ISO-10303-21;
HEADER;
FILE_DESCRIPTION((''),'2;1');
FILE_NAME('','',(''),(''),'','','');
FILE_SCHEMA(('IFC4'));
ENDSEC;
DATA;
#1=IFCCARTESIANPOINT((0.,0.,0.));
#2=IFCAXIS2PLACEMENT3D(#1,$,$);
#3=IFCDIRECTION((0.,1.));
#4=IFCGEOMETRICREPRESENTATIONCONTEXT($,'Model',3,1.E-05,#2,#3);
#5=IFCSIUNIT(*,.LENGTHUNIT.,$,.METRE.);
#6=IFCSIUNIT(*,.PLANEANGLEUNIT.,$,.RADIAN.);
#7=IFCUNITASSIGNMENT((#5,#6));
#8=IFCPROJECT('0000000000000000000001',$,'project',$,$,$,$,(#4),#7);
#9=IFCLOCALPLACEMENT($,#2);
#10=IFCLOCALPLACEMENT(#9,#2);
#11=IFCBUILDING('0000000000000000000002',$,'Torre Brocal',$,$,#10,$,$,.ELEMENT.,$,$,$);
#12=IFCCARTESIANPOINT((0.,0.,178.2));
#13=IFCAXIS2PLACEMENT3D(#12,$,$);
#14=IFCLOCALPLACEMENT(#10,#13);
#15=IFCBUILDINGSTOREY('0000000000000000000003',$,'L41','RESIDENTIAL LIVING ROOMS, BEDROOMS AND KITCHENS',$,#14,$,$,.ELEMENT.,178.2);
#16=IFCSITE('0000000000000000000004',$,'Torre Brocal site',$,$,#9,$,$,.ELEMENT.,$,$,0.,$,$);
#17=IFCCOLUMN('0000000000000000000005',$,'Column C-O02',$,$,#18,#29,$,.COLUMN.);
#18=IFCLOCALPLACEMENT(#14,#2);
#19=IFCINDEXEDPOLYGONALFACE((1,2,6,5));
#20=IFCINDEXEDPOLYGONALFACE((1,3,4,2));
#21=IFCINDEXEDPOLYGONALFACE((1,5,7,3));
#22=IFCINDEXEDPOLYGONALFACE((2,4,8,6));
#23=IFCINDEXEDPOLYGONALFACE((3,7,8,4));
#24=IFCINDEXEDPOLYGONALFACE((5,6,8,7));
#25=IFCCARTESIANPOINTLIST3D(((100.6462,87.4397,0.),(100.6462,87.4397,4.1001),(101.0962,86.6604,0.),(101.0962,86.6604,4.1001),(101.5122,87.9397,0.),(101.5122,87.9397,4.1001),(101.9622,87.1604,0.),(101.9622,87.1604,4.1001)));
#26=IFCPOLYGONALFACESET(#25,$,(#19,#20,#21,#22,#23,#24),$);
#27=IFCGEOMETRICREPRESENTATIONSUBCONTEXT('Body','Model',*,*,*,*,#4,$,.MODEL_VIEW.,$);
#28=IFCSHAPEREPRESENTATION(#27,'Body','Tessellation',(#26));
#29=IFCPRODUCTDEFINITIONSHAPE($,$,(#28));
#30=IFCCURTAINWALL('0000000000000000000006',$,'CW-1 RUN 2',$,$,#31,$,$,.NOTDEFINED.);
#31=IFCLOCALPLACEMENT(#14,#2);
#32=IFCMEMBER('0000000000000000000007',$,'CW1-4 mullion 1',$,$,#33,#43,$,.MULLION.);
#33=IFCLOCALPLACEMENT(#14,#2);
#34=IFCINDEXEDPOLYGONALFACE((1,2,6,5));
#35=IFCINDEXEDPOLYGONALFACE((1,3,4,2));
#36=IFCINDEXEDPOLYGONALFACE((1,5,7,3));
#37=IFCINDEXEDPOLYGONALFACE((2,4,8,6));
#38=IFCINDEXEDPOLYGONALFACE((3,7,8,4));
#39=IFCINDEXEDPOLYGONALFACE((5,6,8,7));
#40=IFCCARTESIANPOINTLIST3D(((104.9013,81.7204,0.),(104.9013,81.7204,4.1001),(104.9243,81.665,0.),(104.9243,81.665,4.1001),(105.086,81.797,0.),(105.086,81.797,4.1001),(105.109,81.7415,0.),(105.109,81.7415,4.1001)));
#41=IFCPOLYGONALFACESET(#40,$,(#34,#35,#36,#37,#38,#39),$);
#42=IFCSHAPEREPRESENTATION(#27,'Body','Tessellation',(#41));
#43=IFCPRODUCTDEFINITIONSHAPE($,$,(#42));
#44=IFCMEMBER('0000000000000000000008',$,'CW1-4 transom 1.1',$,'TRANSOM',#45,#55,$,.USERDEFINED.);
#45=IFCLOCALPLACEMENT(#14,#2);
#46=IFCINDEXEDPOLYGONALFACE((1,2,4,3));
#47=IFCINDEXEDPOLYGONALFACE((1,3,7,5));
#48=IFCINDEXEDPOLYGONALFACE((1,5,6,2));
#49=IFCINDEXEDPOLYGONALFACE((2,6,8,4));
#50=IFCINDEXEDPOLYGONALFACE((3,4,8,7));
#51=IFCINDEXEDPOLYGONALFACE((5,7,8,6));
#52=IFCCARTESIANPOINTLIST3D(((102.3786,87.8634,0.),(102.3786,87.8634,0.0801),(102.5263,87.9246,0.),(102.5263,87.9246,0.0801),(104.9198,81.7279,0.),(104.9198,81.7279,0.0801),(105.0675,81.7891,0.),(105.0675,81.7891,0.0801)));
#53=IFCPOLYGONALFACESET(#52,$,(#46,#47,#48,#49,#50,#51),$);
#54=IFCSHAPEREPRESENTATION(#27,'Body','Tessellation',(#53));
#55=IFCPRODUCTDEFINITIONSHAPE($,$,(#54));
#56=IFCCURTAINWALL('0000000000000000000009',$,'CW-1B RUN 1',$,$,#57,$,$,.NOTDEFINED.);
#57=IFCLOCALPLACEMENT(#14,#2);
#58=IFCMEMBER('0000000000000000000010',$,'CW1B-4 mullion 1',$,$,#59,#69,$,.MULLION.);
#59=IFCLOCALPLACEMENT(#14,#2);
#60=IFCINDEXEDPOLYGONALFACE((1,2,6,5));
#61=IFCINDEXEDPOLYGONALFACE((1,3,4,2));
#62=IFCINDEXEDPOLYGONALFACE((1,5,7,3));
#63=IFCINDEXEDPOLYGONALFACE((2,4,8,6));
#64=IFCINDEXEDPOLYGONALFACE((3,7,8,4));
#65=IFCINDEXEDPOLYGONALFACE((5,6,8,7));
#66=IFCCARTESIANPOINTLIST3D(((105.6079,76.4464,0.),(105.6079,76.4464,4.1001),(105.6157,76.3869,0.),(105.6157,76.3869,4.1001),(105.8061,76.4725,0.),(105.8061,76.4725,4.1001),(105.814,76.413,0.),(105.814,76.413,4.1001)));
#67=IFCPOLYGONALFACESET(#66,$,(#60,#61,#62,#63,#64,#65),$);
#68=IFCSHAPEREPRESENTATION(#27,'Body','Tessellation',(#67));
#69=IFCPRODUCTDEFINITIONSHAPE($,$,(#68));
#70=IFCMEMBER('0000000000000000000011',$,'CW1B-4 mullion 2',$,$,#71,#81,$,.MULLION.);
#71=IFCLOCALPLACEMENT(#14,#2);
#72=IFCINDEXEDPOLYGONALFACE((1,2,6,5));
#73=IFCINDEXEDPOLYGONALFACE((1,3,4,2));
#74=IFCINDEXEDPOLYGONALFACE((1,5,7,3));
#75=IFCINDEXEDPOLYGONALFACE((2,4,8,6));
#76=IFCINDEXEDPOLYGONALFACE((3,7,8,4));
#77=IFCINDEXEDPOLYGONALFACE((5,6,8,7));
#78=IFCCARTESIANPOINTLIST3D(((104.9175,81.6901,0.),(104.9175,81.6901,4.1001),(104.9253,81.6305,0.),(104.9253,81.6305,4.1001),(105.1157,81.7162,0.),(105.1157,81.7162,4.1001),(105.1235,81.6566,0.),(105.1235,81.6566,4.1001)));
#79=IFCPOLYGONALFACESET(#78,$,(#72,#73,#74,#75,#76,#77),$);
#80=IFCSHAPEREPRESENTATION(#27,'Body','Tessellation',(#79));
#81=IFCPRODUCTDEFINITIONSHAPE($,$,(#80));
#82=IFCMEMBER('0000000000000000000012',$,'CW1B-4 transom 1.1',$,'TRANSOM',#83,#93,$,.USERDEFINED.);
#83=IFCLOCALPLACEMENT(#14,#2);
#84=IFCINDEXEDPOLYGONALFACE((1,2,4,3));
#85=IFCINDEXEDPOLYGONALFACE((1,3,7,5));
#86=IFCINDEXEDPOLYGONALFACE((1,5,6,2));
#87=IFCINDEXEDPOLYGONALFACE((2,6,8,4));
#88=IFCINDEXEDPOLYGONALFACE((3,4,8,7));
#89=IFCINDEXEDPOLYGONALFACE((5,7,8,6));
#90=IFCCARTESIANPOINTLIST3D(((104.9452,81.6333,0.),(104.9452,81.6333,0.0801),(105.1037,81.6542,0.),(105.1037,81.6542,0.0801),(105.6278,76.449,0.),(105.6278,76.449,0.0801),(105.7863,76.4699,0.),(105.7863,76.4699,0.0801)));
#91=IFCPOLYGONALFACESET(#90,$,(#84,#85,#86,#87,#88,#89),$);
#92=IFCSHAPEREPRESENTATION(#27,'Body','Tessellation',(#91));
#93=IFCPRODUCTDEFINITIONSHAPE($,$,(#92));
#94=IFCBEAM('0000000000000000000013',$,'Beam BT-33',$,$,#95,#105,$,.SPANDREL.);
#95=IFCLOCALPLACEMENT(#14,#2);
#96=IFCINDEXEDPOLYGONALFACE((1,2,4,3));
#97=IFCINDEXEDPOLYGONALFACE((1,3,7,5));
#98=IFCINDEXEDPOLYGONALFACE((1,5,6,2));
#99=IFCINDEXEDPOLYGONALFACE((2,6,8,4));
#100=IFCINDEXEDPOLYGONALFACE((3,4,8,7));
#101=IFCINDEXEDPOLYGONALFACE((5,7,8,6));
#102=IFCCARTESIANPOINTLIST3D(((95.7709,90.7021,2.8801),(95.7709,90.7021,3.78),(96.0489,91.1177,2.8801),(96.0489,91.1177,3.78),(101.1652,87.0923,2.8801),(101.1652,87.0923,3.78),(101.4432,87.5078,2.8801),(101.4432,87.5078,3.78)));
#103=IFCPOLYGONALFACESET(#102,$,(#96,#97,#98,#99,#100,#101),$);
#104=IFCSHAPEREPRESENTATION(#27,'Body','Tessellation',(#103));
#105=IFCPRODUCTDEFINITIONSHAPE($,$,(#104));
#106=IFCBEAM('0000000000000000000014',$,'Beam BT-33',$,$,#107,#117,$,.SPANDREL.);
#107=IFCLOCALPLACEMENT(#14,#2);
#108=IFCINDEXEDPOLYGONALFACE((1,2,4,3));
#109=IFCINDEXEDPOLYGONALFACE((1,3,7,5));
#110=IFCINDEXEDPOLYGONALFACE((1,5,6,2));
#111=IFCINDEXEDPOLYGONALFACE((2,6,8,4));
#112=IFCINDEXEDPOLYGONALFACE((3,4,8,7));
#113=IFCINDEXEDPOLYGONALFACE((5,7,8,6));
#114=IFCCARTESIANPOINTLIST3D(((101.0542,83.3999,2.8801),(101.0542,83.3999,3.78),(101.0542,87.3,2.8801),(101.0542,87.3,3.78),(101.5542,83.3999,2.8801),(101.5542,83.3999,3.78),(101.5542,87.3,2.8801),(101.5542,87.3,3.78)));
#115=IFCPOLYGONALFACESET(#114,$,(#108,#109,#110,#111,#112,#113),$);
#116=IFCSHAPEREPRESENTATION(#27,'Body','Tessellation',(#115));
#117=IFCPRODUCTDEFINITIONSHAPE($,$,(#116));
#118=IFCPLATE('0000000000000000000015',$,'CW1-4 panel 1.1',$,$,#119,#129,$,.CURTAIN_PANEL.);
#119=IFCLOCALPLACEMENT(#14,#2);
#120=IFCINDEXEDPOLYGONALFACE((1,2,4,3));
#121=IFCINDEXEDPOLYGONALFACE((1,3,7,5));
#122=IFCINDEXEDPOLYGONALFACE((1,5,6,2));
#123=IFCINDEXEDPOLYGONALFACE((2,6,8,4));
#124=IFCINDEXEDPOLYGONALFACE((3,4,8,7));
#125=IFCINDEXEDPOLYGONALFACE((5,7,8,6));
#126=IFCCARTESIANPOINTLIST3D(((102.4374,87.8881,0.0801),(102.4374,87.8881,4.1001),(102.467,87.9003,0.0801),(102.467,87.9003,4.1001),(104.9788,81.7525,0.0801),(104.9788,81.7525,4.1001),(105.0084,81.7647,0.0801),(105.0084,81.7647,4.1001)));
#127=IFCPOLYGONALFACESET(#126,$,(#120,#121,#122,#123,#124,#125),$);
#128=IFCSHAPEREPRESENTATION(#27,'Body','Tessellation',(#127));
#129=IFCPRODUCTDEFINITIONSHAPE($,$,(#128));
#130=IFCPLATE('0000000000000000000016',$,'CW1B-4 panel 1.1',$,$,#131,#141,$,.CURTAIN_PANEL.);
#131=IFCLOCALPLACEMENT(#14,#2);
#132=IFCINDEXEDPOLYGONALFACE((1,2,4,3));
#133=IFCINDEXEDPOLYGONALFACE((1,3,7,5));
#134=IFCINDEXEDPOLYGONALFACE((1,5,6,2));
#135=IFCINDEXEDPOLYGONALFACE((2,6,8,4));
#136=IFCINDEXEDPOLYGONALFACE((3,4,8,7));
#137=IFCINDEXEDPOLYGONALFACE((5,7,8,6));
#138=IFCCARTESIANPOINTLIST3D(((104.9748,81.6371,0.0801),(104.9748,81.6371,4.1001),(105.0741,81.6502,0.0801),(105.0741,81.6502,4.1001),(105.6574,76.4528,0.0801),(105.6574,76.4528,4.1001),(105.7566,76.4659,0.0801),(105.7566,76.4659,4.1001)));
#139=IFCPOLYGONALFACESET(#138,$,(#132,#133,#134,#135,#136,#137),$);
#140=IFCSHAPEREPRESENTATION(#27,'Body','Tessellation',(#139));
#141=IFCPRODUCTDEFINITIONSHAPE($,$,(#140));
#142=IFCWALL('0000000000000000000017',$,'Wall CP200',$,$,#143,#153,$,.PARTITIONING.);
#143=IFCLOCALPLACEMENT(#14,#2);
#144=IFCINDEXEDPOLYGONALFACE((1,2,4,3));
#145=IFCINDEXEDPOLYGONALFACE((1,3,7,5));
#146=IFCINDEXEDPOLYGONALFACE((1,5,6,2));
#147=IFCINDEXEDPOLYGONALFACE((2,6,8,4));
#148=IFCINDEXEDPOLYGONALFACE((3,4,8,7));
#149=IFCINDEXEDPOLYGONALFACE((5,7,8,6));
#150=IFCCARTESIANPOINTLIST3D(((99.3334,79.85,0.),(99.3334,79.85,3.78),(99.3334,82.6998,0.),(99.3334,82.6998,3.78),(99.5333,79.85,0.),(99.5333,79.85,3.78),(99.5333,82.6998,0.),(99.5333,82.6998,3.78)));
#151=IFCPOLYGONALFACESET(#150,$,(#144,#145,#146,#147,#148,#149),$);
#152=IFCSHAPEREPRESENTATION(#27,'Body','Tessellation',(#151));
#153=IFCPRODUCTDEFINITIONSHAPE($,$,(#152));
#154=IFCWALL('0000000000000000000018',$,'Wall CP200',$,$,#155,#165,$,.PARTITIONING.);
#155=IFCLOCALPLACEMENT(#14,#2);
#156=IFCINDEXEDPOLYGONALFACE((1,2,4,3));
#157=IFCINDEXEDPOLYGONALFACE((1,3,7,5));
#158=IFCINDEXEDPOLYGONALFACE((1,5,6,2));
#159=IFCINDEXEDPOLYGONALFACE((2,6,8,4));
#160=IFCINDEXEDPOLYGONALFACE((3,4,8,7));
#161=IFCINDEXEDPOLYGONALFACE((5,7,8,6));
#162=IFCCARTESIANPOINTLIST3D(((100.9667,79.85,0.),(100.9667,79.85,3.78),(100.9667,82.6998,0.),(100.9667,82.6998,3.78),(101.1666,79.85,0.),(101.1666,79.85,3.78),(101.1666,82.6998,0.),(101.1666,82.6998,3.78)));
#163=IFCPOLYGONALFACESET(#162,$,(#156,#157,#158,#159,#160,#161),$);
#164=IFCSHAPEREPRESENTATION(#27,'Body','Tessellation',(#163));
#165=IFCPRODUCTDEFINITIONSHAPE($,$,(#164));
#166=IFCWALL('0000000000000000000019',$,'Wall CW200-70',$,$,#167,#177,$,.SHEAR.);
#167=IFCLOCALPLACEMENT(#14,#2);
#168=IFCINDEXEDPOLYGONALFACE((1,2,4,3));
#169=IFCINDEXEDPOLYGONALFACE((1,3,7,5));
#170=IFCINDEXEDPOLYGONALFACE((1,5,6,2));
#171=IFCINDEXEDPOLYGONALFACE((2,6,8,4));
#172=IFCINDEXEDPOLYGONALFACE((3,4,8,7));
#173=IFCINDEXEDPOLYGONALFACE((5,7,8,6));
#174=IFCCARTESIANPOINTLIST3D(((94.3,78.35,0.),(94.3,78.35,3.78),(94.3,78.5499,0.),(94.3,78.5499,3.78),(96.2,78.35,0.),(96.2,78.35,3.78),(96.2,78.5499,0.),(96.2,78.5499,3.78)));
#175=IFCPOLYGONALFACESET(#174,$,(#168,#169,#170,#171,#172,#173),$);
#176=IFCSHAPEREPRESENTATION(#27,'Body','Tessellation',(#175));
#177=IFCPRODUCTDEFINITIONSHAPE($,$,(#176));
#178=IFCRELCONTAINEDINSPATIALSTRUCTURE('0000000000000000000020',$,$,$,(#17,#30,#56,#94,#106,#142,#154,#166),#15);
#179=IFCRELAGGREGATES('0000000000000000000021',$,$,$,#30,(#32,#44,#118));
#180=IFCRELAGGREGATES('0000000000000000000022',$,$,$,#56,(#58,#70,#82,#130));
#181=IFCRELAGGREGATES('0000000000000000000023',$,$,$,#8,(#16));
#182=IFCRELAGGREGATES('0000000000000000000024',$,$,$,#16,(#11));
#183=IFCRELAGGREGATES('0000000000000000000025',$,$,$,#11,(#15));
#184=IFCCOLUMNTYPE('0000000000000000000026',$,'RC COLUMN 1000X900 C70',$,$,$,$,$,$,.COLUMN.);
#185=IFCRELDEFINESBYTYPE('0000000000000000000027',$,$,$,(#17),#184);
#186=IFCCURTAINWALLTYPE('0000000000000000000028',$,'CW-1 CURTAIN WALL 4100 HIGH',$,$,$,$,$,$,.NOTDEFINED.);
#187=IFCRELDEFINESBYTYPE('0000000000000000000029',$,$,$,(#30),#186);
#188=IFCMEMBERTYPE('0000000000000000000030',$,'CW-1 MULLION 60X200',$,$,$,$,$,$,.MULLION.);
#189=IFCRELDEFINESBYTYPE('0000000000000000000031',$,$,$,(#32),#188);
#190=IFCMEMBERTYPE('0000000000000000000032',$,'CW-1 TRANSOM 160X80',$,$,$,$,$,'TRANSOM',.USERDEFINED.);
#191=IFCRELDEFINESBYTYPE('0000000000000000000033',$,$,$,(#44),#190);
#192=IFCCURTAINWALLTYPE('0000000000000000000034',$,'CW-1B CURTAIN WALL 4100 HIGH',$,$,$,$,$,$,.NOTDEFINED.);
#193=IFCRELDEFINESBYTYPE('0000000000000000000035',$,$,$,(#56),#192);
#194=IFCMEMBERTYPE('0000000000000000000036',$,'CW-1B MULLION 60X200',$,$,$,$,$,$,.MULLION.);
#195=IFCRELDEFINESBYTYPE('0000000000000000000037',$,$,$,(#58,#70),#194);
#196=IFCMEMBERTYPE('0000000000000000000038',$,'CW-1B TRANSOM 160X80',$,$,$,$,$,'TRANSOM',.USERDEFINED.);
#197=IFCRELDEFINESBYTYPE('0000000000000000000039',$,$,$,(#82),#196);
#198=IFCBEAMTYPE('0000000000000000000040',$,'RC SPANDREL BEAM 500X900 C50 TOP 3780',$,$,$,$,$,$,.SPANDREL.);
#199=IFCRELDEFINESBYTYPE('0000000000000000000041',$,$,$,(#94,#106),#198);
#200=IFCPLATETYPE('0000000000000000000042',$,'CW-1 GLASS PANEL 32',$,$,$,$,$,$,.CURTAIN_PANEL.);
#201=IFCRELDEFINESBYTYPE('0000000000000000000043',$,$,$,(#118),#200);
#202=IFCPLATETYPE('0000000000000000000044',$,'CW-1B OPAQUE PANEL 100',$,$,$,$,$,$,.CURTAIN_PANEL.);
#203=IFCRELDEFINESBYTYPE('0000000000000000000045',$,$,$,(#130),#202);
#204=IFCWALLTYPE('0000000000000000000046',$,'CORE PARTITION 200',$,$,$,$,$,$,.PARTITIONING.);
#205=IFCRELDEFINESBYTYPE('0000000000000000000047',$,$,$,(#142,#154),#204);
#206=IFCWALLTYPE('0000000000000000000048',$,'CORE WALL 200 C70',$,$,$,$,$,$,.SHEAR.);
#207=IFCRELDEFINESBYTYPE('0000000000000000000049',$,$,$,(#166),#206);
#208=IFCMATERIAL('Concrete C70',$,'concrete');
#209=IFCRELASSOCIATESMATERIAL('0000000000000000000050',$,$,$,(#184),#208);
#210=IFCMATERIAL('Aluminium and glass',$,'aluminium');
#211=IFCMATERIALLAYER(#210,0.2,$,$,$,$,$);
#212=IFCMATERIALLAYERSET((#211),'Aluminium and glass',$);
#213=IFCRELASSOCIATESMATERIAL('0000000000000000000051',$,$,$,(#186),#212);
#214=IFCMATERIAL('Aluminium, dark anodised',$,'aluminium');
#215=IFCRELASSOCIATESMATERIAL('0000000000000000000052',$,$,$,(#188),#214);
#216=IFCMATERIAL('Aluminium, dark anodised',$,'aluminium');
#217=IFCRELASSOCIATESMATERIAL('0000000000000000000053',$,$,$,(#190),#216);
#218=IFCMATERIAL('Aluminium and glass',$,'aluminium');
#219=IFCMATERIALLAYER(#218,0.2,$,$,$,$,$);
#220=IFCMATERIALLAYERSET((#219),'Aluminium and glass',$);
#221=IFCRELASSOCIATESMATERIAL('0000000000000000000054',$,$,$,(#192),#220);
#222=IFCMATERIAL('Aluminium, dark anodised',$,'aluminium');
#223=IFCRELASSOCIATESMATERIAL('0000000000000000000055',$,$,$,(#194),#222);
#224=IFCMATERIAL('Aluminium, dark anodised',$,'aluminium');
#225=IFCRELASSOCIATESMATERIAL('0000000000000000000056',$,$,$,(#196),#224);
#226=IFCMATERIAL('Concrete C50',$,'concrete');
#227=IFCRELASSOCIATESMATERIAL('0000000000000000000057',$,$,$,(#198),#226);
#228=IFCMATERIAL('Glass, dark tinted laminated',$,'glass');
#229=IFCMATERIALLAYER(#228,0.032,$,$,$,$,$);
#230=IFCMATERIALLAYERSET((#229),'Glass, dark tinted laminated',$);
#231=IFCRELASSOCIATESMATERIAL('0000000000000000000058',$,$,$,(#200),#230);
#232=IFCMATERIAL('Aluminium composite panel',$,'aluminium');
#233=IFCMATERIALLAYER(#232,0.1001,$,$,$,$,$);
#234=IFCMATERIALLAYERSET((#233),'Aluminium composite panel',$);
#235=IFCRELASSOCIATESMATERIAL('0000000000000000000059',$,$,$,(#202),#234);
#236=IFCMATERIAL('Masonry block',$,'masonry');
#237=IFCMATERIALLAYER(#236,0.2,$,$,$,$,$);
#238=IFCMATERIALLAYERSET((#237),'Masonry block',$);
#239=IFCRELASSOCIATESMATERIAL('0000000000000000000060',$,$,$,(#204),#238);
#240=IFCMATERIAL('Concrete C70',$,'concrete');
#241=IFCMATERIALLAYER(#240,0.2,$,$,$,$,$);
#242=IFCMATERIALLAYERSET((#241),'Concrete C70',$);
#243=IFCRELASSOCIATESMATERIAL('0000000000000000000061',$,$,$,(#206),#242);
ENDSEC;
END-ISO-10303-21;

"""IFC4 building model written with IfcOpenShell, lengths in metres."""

from ifc_helpers import new_model, si_unit, direction, frame, frame_2d, origin, origin_2d, place, context, subcontext, project, spatial, rectangle, extrude, material, layer, layer_set, material_profile, profile_set, type_object, element, aggregate, save


model = new_model("IFC4")

# Units and contexts
model_context = context("Model", 3, precision=1e-05, world=origin(), true_north=direction((0.0, 1.0)))
body_context = subcontext(model_context, "Body", "Model", "MODEL_VIEW")
ifc_project = project(units=[si_unit("LENGTHUNIT", "METRE"), si_unit("PLANEANGLEUNIT", "RADIAN")], contexts=[model_context])

# Site, building, storey
site_placement = place(None, origin())
site = spatial("IfcSite", under=ifc_project, at=site_placement, Name="Torre Brocal site", CompositionType="ELEMENT", RefElevation=0.0)
building_placement = place(site_placement, origin())
building = spatial("IfcBuilding", under=site, at=building_placement, Name="Torre Brocal", CompositionType="ELEMENT")
storey_placement = place(building_placement, frame((0.0, 0.0, 178.2)))
storey = spatial("IfcBuildingStorey", under=building, at=storey_placement, Name="L41", Description="RESIDENTIAL LIVING ROOMS, BEDROOMS AND KITCHENS", CompositionType="ELEMENT", Elevation=178.2)

# Column
ifc_material_1 = material(Name="Concrete C70", Category="concrete")
ifc_material_profile_1 = material_profile(ifc_material_1, rectangle(XDim=1.0, YDim=0.8999, at=origin_2d()), Name="RC 1000X900")
ifc_profile_set_1 = profile_set([ifc_material_profile_1], Name="Concrete C70")
column_type = type_object("IfcColumnType", Name="RC COLUMN 1000X900 C70", PredefinedType="COLUMN", material=ifc_profile_set_1)
column_placement = place(storey_placement, frame((101.3042, 87.3, 0.0), z_axis=(0.0, 0.0, 1.0), x_axis=(0.866025, 0.5, 0.0)))
element("IfcColumn", 1, at=column_placement, inside=storey, type_object=column_type, Name="Column C-O02", PredefinedType="COLUMN", context=body_context, shape_type="SweptSolid", body=[
    extrude(rectangle(XDim=1.0, YDim=0.8999, at=origin_2d()), origin(), (0.0, 0.0, 1.0), 4.1001),
])

# Curtain walls, members
ifc_material_2 = material(Name="Aluminium and glass", Category="aluminium")
ifc_layer_1 = layer(ifc_material_2, 0.2)
ifc_layer_set_1 = layer_set([ifc_layer_1], Name="Aluminium and glass")
curtain_wall_type_1 = type_object("IfcCurtainWallType", Name="CW-1 CURTAIN WALL 4100 HIGH", PredefinedType="NOTDEFINED", material=ifc_layer_set_1)
curtain_wall_1_placement = place(storey_placement, origin())
curtain_wall_1 = element("IfcCurtainWall", 2, at=curtain_wall_1_placement, inside=storey, type_object=curtain_wall_type_1, Name="CW-1 RUN 2", PredefinedType="NOTDEFINED")
ifc_material_3 = material(Name="Aluminium, dark anodised", Category="aluminium")
ifc_material_profile_2 = material_profile(ifc_material_3, rectangle(XDim=0.2, YDim=0.0601, at=origin_2d()), Name="CW-1 MULLION 60X200")
ifc_profile_set_2 = profile_set([ifc_material_profile_2], Name="Aluminium, dark anodised")
member_type_1 = type_object("IfcMemberType", Name="CW-1 MULLION 60X200", PredefinedType="MULLION", material=ifc_profile_set_2)
member_1_placement = place(storey_placement, frame((105.0051, 81.731, 0.0), z_axis=(0.0, 0.0, 1.0), x_axis=(-0.92388, -0.382683, 0.0)))
member_1 = element("IfcMember", 3, at=member_1_placement, type_object=member_type_1, Name="CW1-4 mullion 1", PredefinedType="MULLION", context=body_context, shape_type="SweptSolid", body=[
    extrude(rectangle(XDim=0.2, YDim=0.0601, at=origin_2d()), origin(), (0.0, 0.0, 1.0), 4.1001),
])
ifc_material_4 = material(Name="Aluminium, dark anodised", Category="aluminium")
ifc_material_profile_3 = material_profile(ifc_material_4, rectangle(XDim=0.1599, YDim=0.0801, at=origin_2d()), Name="CW-1 TRANSOM 160X80")
ifc_profile_set_3 = profile_set([ifc_material_profile_3], Name="Aluminium, dark anodised")
member_type_2 = type_object("IfcMemberType", Name="CW-1 TRANSOM 160X80", ElementType="TRANSOM", PredefinedType="USERDEFINED", material=ifc_profile_set_3)
member_2_placement = place(storey_placement, frame((104.9937, 81.7585, 0.04), z_axis=(-0.382665, 0.923887, 0.0), x_axis=(-0.923887, -0.382665, 0.0)))
member_2 = element("IfcMember", 4, at=member_2_placement, type_object=member_type_2, Name="CW1-4 transom 1.1", ObjectType="TRANSOM", PredefinedType="USERDEFINED", context=body_context, shape_type="SweptSolid", body=[
    extrude(rectangle(XDim=0.1599, YDim=0.0801, at=origin_2d()), origin(), (0.0, 0.0, 1.0), 6.6409),
])
ifc_material_5 = material(Name="Aluminium and glass", Category="aluminium")
ifc_layer_2 = layer(ifc_material_5, 0.2)
ifc_layer_set_2 = layer_set([ifc_layer_2], Name="Aluminium and glass")
curtain_wall_type_2 = type_object("IfcCurtainWallType", Name="CW-1B CURTAIN WALL 4100 HIGH", PredefinedType="NOTDEFINED", material=ifc_layer_set_2)
curtain_wall_2_placement = place(storey_placement, origin())
curtain_wall_2 = element("IfcCurtainWall", 5, at=curtain_wall_2_placement, inside=storey, type_object=curtain_wall_type_2, Name="CW-1B RUN 1", PredefinedType="NOTDEFINED")
ifc_material_6 = material(Name="Aluminium, dark anodised", Category="aluminium")
ifc_material_profile_4 = material_profile(ifc_material_6, rectangle(XDim=0.2, YDim=0.0601, at=origin_2d()), Name="CW-1B MULLION 60X200")
ifc_profile_set_4 = profile_set([ifc_material_profile_4], Name="Aluminium, dark anodised")
member_type_3 = type_object("IfcMemberType", Name="CW-1B MULLION 60X200", PredefinedType="MULLION", material=ifc_profile_set_4)
member_3_placement = place(storey_placement, frame((105.7109, 76.4297, 0.0), z_axis=(0.0, 0.0, 1.0), x_axis=(-0.991445, -0.130526, 0.0)))
member_3 = element("IfcMember", 6, at=member_3_placement, type_object=member_type_3, Name="CW1B-4 mullion 1", PredefinedType="MULLION", context=body_context, shape_type="SweptSolid", body=[
    extrude(rectangle(XDim=0.2, YDim=0.0601, at=origin_2d()), origin(), (0.0, 0.0, 1.0), 4.1001),
])
member_4_placement = place(storey_placement, frame((105.0205, 81.6733, 0.0), z_axis=(0.0, 0.0, 1.0), x_axis=(-0.991445, -0.130526, 0.0)))
member_4 = element("IfcMember", 7, at=member_4_placement, type_object=member_type_3, Name="CW1B-4 mullion 2", PredefinedType="MULLION", context=body_context, shape_type="SweptSolid", body=[
    extrude(rectangle(XDim=0.2, YDim=0.0601, at=origin_2d()), origin(), (0.0, 0.0, 1.0), 4.1001),
])
ifc_material_7 = material(Name="Aluminium, dark anodised", Category="aluminium")
ifc_material_profile_5 = material_profile(ifc_material_7, rectangle(XDim=0.1599, YDim=0.0801, at=origin_2d()), Name="CW-1B TRANSOM 160X80")
ifc_profile_set_5 = profile_set([ifc_material_profile_5], Name="Aluminium, dark anodised")
member_type_4 = type_object("IfcMemberType", Name="CW-1B TRANSOM 160X80", ElementType="TRANSOM", PredefinedType="USERDEFINED", material=ifc_profile_set_5)
member_5_placement = place(storey_placement, frame((105.707, 76.4595, 0.04), z_axis=(-0.130543, 0.991443, 0.0), x_axis=(-0.991443, -0.130543, 0.0)))
member_5 = element("IfcMember", 8, at=member_5_placement, type_object=member_type_4, Name="CW1B-4 transom 1.1", ObjectType="TRANSOM", PredefinedType="USERDEFINED", context=body_context, shape_type="SweptSolid", body=[
    extrude(rectangle(XDim=0.1599, YDim=0.0801, at=origin_2d()), origin(), (0.0, 0.0, 1.0), 5.229),
])

# Beams
ifc_material_8 = material(Name="Concrete C50", Category="concrete")
ifc_material_profile_6 = material_profile(ifc_material_8, rectangle(XDim=0.5, YDim=0.8999, at=origin_2d()), Name="RC 500X900")
ifc_profile_set_6 = profile_set([ifc_material_profile_6], Name="Concrete C50")
beam_type = type_object("IfcBeamType", Name="RC SPANDREL BEAM 500X900 C50 TOP 3780", PredefinedType="SPANDREL", material=ifc_profile_set_6)
beam_1_placement = place(storey_placement, frame((101.3042, 87.3, 3.3301), z_axis=(-0.831077, 0.556158, 0.0), x_axis=(-0.556158, -0.831077, 0.0)))
element("IfcBeam", 9, at=beam_1_placement, inside=storey, type_object=beam_type, Name="Beam BT-33", PredefinedType="SPANDREL", context=body_context, shape_type="SweptSolid", body=[
    extrude(rectangle(XDim=0.5, YDim=0.8999, at=origin_2d()), origin(), (0.0, 0.0, 1.0), 6.4907),
])
beam_2_placement = place(storey_placement, frame((101.3042, 87.3, 3.3301), z_axis=(0.0, -1.0, 0.0), x_axis=(1.0, 0.0, 0.0)))
element("IfcBeam", 10, at=beam_2_placement, inside=storey, type_object=beam_type, Name="Beam BT-33", PredefinedType="SPANDREL", context=body_context, shape_type="SweptSolid", body=[
    extrude(rectangle(XDim=0.5, YDim=0.8999, at=origin_2d()), origin(), (0.0, 0.0, 1.0), 3.9001),
])

# Plates
ifc_material_9 = material(Name="Glass, dark tinted laminated", Category="glass")
ifc_layer_3 = layer(ifc_material_9, 0.032)
ifc_layer_set_3 = layer_set([ifc_layer_3], Name="Glass, dark tinted laminated")
plate_type_1 = type_object("IfcPlateType", Name="CW-1 GLASS PANEL 32", PredefinedType="CURTAIN_PANEL", material=ifc_layer_set_3)
plate_1_placement = place(storey_placement, frame((103.7229, 84.8264, 0.0801), z_axis=(0.0, 0.0, 1.0), x_axis=(-0.382683, 0.92388, 0.0)))
plate_1 = element("IfcPlate", 11, at=plate_1_placement, type_object=plate_type_1, Name="CW1-4 panel 1.1", PredefinedType="CURTAIN_PANEL", context=body_context, shape_type="SweptSolid", body=[
    extrude(rectangle(XDim=6.6411, YDim=0.032, at=origin_2d()), origin(), (0.0, 0.0, 1.0), 4.02),
])
aggregate(curtain_wall_1, [member_1, member_2, plate_1])
ifc_material_10 = material(Name="Aluminium composite panel", Category="aluminium")
ifc_layer_4 = layer(ifc_material_10, 0.1001)
ifc_layer_set_4 = layer_set([ifc_layer_4], Name="Aluminium composite panel")
plate_type_2 = type_object("IfcPlateType", Name="CW-1B OPAQUE PANEL 100", PredefinedType="CURTAIN_PANEL", material=ifc_layer_set_4)
plate_2_placement = place(storey_placement, frame((105.3657, 79.0515, 0.0801), z_axis=(0.0, 0.0, 1.0), x_axis=(-0.130526, 0.991445, 0.0)))
plate_2 = element("IfcPlate", 12, at=plate_2_placement, type_object=plate_type_2, Name="CW1B-4 panel 1.1", PredefinedType="CURTAIN_PANEL", context=body_context, shape_type="SweptSolid", body=[
    extrude(rectangle(XDim=5.229, YDim=0.1001, at=origin_2d()), origin(), (0.0, 0.0, 1.0), 4.02),
])
aggregate(curtain_wall_2, [member_3, member_4, member_5, plate_2])

# Walls
ifc_material_11 = material(Name="Masonry block", Category="masonry")
ifc_layer_5 = layer(ifc_material_11, 0.2)
ifc_layer_set_5 = layer_set([ifc_layer_5], Name="Masonry block")
wall_type_1 = type_object("IfcWallType", Name="CORE PARTITION 200", PredefinedType="PARTITIONING", material=ifc_layer_set_5)
for number, where, z_axis, x_axis, name in (
    (13, (99.4333, 79.8501, 0.0), (0.0, 0.0, 1.0), (0.0, 1.0, 0.0), "Wall CP200"),
    (14, (101.0667, 79.8501, 0.0), (0.0, 0.0, 1.0), (0.0, 1.0, 0.0), "Wall CP200"),
):
    element("IfcWall", number, at=place(storey_placement, frame(where, z_axis=z_axis, x_axis=x_axis)), inside=storey, type_object=wall_type_1, Name=name, PredefinedType="PARTITIONING", context=body_context, shape_type="SweptSolid", body=[
        extrude(rectangle(XDim=2.8499, YDim=0.2, at=frame_2d((1.4248, 0.0))), origin(), (0.0, 0.0, 1.0), 3.78),
    ])
ifc_material_12 = material(Name="Concrete C70", Category="concrete")
ifc_layer_6 = layer(ifc_material_12, 0.2)
ifc_layer_set_6 = layer_set([ifc_layer_6], Name="Concrete C70")
wall_type_2 = type_object("IfcWallType", Name="CORE WALL 200 C70", PredefinedType="SHEAR", material=ifc_layer_set_6)
wall_1_placement = place(storey_placement, frame((94.3, 78.45, 0.0), z_axis=(0.0, 0.0, 1.0), x_axis=(1.0, 0.0, 0.0)))
element("IfcWall", 15, at=wall_1_placement, inside=storey, type_object=wall_type_2, Name="Wall CW200-70", PredefinedType="SHEAR", context=body_context, shape_type="SweptSolid", body=[
    extrude(rectangle(XDim=1.8999, YDim=0.2, at=frame_2d((0.95, 0.0))), origin(), (0.0, 0.0, 1.0), 3.78),
])

save(model, "model.ifc")
